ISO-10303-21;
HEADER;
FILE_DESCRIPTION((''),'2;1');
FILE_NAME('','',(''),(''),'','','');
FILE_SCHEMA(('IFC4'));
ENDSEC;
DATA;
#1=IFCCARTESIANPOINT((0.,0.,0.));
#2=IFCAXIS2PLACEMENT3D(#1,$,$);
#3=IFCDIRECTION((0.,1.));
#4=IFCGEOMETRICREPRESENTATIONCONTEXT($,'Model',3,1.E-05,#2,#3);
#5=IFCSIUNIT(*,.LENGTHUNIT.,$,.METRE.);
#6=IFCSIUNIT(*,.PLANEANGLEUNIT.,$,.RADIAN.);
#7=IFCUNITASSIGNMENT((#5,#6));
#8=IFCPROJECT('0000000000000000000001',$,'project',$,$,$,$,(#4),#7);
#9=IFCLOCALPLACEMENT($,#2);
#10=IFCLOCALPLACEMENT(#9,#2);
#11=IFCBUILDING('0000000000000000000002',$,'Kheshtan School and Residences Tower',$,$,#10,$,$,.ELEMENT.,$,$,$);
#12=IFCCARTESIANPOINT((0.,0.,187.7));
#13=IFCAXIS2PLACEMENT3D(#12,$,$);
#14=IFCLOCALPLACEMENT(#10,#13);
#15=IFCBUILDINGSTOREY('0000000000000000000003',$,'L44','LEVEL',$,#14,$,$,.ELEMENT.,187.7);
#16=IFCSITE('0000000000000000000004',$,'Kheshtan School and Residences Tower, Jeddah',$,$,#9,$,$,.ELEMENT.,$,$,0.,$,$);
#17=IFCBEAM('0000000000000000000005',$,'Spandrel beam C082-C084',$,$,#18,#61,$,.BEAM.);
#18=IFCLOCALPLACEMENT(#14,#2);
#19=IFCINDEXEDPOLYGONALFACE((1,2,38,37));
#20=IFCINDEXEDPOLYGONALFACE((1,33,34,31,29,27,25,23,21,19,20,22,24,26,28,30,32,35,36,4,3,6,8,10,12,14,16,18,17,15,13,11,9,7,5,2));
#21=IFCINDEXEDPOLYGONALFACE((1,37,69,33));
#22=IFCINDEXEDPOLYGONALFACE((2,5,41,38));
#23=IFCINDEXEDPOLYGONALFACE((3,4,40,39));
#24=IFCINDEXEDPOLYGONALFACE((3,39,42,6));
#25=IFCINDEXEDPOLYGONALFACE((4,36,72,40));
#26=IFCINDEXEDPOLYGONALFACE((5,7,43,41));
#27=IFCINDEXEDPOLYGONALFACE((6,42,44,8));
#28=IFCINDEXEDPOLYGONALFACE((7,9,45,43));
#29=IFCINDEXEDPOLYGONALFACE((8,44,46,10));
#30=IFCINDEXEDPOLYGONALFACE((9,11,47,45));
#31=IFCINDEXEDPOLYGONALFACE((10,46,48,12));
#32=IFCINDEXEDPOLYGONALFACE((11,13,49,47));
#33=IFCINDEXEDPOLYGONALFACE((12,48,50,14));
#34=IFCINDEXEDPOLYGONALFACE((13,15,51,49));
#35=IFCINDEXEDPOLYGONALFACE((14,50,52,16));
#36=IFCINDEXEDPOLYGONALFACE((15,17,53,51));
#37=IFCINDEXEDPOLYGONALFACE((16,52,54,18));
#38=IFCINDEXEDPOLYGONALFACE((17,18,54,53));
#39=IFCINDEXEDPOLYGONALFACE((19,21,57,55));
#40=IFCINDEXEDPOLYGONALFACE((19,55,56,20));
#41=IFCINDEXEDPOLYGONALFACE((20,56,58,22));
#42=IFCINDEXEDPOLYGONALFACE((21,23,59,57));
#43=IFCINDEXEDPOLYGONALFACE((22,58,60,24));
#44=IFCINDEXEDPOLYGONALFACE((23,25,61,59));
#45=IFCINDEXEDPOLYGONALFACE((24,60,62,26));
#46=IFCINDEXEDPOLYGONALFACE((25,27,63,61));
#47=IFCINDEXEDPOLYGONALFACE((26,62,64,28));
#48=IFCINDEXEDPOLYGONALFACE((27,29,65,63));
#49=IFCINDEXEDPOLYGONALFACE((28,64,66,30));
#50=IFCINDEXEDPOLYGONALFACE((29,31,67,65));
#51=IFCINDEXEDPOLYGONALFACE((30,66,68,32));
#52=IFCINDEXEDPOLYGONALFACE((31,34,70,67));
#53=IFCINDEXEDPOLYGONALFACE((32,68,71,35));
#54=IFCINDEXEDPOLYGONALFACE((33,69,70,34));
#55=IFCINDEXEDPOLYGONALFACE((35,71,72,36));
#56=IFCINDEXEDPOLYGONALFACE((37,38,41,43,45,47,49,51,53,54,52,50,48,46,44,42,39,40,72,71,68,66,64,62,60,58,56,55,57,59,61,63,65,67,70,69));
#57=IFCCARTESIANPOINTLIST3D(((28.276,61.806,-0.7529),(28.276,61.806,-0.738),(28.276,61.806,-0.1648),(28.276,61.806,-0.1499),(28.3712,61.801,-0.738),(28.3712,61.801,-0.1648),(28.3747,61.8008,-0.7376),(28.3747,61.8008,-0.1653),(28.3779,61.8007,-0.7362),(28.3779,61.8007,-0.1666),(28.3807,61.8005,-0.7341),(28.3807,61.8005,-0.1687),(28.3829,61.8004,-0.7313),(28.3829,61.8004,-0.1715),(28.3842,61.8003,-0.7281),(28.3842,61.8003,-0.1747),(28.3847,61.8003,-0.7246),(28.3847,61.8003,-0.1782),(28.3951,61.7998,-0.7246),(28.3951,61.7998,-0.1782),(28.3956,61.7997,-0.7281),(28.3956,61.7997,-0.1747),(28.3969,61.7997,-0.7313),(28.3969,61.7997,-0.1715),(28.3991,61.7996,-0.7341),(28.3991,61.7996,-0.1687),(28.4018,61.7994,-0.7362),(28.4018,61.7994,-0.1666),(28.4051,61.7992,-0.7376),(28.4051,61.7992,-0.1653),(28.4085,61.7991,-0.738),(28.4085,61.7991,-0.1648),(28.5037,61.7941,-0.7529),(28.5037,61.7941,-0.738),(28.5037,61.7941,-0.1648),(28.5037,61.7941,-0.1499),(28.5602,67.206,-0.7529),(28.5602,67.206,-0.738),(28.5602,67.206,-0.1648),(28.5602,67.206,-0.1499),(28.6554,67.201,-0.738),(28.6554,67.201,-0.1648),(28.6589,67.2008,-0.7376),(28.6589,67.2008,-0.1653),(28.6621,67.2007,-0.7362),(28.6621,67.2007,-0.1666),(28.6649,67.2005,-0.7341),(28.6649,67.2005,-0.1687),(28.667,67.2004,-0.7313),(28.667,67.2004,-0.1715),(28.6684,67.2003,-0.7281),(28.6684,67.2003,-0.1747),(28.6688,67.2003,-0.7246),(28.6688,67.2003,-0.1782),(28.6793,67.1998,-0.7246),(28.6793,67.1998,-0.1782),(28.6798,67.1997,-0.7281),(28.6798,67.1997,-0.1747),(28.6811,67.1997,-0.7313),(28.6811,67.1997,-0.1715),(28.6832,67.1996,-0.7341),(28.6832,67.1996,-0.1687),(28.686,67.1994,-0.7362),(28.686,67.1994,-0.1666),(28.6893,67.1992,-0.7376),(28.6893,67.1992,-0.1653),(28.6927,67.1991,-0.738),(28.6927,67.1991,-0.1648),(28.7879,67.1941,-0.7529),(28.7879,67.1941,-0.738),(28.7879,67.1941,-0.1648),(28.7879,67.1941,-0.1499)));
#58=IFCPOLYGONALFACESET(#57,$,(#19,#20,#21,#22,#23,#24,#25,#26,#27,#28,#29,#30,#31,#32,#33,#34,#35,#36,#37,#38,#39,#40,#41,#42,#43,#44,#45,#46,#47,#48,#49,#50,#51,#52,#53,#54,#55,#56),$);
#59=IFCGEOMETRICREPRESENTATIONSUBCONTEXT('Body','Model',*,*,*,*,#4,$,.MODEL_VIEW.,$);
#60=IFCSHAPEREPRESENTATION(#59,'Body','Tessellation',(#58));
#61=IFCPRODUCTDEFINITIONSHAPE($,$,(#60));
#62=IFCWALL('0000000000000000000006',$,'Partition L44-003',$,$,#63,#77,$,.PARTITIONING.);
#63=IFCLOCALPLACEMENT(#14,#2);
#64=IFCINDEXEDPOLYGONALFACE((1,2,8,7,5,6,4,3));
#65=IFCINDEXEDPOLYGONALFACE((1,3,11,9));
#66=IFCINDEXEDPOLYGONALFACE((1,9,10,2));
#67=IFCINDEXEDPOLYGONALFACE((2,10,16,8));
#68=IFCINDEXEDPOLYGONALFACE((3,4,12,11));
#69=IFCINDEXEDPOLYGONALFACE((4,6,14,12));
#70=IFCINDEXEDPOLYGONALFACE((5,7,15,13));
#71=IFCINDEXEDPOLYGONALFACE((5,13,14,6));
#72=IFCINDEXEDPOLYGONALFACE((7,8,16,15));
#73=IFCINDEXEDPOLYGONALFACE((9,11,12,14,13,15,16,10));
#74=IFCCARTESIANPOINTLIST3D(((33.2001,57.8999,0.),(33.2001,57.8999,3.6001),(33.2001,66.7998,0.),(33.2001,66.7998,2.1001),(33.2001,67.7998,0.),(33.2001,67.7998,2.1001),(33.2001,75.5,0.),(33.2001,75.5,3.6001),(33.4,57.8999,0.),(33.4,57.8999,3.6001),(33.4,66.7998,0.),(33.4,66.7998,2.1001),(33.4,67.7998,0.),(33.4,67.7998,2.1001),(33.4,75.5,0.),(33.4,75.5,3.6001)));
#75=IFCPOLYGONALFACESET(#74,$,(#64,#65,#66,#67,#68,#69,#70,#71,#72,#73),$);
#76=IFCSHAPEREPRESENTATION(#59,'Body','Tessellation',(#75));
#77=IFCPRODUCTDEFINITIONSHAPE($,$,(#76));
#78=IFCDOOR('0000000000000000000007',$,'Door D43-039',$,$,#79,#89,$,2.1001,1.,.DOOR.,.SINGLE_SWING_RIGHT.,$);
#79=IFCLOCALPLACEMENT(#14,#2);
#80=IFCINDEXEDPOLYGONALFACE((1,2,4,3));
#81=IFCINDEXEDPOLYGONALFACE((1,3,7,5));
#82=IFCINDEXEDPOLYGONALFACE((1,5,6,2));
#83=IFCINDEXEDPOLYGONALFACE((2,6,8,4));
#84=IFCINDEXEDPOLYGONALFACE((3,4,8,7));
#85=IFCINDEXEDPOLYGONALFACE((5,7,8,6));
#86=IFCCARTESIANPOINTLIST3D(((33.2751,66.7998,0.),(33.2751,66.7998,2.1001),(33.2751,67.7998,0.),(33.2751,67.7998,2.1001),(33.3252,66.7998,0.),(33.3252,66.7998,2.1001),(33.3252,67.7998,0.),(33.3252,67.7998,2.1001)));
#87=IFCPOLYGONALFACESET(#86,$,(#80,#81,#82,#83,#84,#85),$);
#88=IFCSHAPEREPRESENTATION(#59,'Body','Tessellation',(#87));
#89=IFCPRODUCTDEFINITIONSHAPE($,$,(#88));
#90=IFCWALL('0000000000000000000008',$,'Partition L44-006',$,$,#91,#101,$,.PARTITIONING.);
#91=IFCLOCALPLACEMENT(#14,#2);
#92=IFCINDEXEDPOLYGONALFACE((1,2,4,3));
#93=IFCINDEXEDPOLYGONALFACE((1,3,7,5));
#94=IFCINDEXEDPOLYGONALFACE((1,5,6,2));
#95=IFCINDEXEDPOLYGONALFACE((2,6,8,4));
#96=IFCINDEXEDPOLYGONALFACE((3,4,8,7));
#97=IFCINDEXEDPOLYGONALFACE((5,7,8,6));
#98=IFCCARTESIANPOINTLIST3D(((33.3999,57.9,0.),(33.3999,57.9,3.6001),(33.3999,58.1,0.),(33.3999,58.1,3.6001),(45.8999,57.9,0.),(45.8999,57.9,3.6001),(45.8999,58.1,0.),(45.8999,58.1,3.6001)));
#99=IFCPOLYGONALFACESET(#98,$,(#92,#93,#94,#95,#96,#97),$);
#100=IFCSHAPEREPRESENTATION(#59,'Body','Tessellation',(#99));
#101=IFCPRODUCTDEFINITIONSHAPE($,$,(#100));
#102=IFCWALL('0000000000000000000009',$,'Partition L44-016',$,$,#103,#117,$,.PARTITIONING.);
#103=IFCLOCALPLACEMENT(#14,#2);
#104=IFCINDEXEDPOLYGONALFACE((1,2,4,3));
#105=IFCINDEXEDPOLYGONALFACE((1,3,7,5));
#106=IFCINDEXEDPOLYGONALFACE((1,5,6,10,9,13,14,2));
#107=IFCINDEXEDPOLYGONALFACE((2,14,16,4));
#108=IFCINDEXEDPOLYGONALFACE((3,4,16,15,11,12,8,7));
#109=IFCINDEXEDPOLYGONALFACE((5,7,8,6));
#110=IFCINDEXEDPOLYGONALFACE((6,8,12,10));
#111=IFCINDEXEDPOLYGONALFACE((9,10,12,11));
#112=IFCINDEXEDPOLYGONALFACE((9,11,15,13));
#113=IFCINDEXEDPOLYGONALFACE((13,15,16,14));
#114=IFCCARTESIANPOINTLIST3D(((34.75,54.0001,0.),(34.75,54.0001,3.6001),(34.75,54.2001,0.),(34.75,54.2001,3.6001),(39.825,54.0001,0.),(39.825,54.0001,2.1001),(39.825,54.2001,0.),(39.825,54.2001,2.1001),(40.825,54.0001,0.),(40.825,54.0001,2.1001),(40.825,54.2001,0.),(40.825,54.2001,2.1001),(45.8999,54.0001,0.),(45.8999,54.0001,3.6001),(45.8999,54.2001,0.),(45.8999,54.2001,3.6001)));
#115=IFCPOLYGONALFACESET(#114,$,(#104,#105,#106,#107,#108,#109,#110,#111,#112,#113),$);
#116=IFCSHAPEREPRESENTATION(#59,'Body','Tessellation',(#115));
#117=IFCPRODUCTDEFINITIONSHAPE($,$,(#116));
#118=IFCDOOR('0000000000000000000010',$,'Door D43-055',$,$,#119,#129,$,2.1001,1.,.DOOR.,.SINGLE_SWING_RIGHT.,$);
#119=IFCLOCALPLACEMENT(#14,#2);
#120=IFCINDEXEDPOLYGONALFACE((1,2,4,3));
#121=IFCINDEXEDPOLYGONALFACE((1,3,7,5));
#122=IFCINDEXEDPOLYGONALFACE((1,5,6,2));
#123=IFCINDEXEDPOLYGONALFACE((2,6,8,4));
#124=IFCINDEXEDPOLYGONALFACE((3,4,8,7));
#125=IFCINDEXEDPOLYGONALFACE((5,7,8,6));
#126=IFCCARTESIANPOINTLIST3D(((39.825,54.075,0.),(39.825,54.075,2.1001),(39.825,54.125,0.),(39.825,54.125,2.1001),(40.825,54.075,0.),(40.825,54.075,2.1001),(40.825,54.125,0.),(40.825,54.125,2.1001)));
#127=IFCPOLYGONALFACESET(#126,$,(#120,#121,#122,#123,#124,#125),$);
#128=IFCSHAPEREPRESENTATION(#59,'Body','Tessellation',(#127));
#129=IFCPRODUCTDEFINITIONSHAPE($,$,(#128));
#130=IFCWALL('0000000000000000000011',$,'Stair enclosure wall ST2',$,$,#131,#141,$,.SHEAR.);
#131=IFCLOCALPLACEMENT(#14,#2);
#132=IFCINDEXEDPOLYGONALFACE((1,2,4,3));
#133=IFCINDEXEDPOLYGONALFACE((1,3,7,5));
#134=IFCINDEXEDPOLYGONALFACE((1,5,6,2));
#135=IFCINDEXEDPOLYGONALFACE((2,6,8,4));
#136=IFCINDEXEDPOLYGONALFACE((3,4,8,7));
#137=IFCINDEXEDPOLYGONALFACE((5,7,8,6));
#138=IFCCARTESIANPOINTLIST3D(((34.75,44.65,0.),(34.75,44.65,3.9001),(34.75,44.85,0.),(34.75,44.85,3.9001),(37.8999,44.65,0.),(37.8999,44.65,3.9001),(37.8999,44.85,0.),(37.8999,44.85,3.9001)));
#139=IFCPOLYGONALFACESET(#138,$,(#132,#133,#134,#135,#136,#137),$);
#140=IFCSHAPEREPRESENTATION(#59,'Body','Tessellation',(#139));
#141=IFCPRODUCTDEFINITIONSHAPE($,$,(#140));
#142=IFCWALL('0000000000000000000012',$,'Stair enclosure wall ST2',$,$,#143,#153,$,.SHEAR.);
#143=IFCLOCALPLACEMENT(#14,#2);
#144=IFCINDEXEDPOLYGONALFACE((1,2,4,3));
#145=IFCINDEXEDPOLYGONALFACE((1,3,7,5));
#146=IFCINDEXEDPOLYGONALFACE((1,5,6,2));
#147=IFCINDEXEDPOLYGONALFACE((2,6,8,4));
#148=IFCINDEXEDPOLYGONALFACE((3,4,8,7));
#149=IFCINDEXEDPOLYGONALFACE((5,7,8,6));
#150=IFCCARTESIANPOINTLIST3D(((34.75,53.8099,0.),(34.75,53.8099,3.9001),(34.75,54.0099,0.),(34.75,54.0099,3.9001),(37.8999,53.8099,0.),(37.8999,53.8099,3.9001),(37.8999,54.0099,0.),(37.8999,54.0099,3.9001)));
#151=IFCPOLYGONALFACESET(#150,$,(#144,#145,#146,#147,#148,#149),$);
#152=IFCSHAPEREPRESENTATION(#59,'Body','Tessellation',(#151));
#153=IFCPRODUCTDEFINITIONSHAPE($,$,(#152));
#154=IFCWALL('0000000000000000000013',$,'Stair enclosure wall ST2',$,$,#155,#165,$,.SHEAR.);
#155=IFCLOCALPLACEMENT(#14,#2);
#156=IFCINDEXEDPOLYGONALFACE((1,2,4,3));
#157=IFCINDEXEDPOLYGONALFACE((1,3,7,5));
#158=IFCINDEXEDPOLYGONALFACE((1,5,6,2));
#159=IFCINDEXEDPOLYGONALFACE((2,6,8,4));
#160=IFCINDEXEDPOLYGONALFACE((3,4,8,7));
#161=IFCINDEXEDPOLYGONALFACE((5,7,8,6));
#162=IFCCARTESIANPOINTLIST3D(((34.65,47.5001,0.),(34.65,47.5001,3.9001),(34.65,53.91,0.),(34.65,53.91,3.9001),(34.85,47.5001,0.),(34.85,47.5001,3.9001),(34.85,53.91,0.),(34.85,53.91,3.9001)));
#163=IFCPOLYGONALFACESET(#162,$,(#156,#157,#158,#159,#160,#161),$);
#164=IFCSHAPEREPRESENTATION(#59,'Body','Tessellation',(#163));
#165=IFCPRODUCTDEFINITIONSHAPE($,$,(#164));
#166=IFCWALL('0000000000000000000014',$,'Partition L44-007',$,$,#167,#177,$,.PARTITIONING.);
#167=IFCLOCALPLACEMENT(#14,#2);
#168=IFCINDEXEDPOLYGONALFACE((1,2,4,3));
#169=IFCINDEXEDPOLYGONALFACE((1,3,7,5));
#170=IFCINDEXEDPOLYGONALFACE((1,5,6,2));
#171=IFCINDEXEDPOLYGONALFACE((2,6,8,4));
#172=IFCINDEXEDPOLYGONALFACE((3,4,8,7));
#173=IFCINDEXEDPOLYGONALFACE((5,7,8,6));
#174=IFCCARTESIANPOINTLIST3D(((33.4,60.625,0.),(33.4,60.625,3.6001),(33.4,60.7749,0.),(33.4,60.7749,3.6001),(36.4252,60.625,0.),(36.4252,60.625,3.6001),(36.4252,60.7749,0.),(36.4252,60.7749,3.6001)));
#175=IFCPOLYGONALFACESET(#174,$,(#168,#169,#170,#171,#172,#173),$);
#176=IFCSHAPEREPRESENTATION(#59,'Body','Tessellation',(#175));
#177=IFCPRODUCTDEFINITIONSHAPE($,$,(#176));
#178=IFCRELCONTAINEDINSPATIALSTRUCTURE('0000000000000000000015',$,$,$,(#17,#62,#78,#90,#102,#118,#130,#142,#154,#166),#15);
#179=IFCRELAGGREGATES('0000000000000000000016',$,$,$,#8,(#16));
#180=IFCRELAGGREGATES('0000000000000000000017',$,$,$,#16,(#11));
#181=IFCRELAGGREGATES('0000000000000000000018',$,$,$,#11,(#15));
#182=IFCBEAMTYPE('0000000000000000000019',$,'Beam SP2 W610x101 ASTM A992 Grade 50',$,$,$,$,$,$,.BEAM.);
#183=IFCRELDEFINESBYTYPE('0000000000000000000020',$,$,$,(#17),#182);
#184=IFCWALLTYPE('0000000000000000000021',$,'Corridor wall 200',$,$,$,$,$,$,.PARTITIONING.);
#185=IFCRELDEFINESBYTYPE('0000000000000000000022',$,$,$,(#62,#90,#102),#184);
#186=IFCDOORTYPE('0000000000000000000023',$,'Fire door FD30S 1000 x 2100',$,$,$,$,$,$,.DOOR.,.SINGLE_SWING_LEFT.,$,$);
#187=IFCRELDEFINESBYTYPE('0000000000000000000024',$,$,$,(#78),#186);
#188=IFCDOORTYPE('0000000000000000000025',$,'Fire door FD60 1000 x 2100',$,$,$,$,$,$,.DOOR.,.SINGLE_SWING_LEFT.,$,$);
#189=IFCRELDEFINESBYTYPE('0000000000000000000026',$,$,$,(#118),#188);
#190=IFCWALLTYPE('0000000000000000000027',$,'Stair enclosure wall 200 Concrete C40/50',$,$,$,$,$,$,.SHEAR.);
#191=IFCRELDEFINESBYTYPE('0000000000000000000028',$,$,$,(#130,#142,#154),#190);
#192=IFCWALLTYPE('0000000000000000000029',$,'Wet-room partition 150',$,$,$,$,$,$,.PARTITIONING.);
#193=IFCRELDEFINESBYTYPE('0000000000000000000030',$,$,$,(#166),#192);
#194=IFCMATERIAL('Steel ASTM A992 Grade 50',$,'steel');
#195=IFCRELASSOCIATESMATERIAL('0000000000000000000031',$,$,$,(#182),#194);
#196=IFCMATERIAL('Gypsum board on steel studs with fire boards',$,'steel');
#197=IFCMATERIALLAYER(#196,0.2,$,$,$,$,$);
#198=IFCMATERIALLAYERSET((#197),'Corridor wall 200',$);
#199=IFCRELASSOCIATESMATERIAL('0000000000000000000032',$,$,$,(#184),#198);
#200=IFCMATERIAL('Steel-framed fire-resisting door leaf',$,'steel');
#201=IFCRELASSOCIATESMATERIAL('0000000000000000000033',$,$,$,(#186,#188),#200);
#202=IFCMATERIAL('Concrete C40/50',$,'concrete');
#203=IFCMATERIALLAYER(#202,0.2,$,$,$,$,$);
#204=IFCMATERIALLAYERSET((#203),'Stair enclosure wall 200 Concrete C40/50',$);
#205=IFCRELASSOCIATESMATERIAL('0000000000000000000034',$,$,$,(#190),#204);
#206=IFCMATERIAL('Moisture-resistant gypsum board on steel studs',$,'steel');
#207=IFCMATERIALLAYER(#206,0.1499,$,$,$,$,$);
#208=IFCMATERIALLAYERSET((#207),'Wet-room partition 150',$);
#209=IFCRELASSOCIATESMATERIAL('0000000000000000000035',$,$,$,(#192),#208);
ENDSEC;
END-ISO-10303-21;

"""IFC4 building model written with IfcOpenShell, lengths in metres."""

from ifc_helpers import new_model, si_unit, direction, frame, frame_2d, origin, origin_2d, place, context, subcontext, project, spatial, rectangle, i_section, extrude, source, transform, mapped, material, layer, layer_set, material_profile, profile_set, type_object, element, fill, save


model = new_model("IFC4")

# Units and contexts
model_context = context("Model", 3, precision=1e-05, world=origin(), true_north=direction((0.0, 1.0)))
body_context = subcontext(model_context, "Body", "Model", "MODEL_VIEW")
ifc_project = project(units=[si_unit("LENGTHUNIT", "METRE"), si_unit("PLANEANGLEUNIT", "RADIAN")], contexts=[model_context])

# Site, building, storey
site_placement = place(None, origin())
site = spatial("IfcSite", under=ifc_project, at=site_placement, Name="Kheshtan School and Residences Tower, Jeddah", CompositionType="ELEMENT", RefElevation=0.0)
building_placement = place(site_placement, origin())
building = spatial("IfcBuilding", under=site, at=building_placement, Name="Kheshtan School and Residences Tower", CompositionType="ELEMENT")
storey_placement = place(building_placement, frame((0.0, 0.0, 187.7)))
storey = spatial("IfcBuildingStorey", under=building, at=storey_placement, Name="L44", Description="LEVEL", CompositionType="ELEMENT", Elevation=187.7)

# Shared definitions
ifc_material_1 = material(Name="Steel ASTM A992 Grade 50", Category="steel")

# Beam
ifc_material_profile_1 = material_profile(ifc_material_1, i_section(OverallWidth=0.228, OverallDepth=0.603, WebThickness=0.0105, FlangeThickness=0.0149, FilletRadius=0.0134, at=origin_2d()), Name="W610x101")
ifc_profile_set_1 = profile_set([ifc_material_profile_1], Name="Steel ASTM A992 Grade 50")
beam_type_1 = type_object("IfcBeamType", Name="Beam SP2 W610x101 ASTM A992 Grade 50", PredefinedType="BEAM", material=ifc_profile_set_1)
beam_1_placement = place(storey_placement, frame((28.3899, 61.8, -0.4514), z_axis=(0.052554, 0.998618, 0.0), x_axis=(-0.998618, 0.052554, 0.0)))
element("IfcBeam", 1, at=beam_1_placement, inside=storey, type_object=beam_type_1, Name="Spandrel beam C082-C084", PredefinedType="BEAM", context=body_context, shape_type="SweptSolid", body=[
    extrude(i_section(OverallWidth=0.228, OverallDepth=0.603, WebThickness=0.0105, FlangeThickness=0.0149, FilletRadius=0.0134, at=origin_2d()), origin(), (0.0, 0.0, 1.0), 5.4075),
])

# Wall, opening, door
ifc_material_2 = material(Name="Gypsum board on steel studs with fire boards", Category="steel")
ifc_layer_1 = layer(ifc_material_2, 0.2)
ifc_layer_set_1 = layer_set([ifc_layer_1], Name="Corridor wall 200")
wall_type_1 = type_object("IfcWallType", Name="Corridor wall 200", PredefinedType="PARTITIONING", material=ifc_layer_set_1)
wall_1_placement = place(storey_placement, frame((33.3, 57.8999, 0.0), z_axis=(0.0, 0.0, 1.0), x_axis=(0.0, 1.0, 0.0)))
wall_1 = element("IfcWall", 2, at=wall_1_placement, inside=storey, type_object=wall_type_1, Name="Partition L44-003", PredefinedType="PARTITIONING", context=body_context, shape_type="SweptSolid", body=[
    extrude(rectangle(XDim=17.6001, YDim=0.2, at=frame_2d((8.8, 0.0))), origin(), (0.0, 0.0, 1.0), 3.6001),
])
opening_1_placement = place(wall_1_placement, frame((8.8999, 0.0, 0.0)))
opening_1 = element("IfcOpeningElement", 3, at=opening_1_placement, cuts=wall_1, PredefinedType="OPENING", context=body_context, shape_type="SweptSolid", body=[
    extrude(rectangle(XDim=1.0, YDim=2.1001, at=frame_2d((0.5, 1.05))), frame((0.0, 0.1099, 0.0), z_axis=(0.0, -1.0, 0.0), x_axis=(1.0, 0.0, 0.0)), (0.0, 0.0, 1.0), 0.22),
])
ifc_material_3 = material(Name="Steel-framed fire-resisting door leaf", Category="steel")
door_type_1 = type_object("IfcDoorType", Name="Fire door FD30S 1000 x 2100", OperationType="SINGLE_SWING_LEFT", PredefinedType="DOOR", material=ifc_material_3)
shared_shape_1 = source(origin(), body_context, "Body", "SweptSolid", [
    extrude(rectangle(XDim=1.0, YDim=2.1001, at=frame_2d((0.5, 1.05))), frame((0.0, 0.0249, 0.0), z_axis=(0.0, -1.0, 0.0), x_axis=(1.0, 0.0, 0.0)), (0.0, 0.0, 1.0), 0.05),
])
door_1_placement = place(opening_1_placement, origin())
door_1 = element("IfcDoor", 4, at=door_1_placement, inside=storey, type_object=door_type_1, Name="Door D43-039", OperationType="SINGLE_SWING_RIGHT", OverallHeight=2.1001, OverallWidth=1.0, PredefinedType="DOOR", context=body_context, shape_type="MappedRepresentation", body=[
    mapped(shared_shape_1, transform((0.0, 0.0, 0.0), x_axis=(1.0, 0.0, 0.0), y_axis=(0.0, 1.0, 0.0), z_axis=(0.0, 0.0, 1.0), scale=1.0)),
])
fill(opening_1, door_1)

# Wall
wall_2_placement = place(storey_placement, frame((33.3999, 58.0, 0.0), z_axis=(0.0, 0.0, 1.0), x_axis=(1.0, 0.0, 0.0)))
element("IfcWall", 5, at=wall_2_placement, inside=storey, type_object=wall_type_1, Name="Partition L44-006", PredefinedType="PARTITIONING", context=body_context, shape_type="SweptSolid", body=[
    extrude(rectangle(XDim=12.5, YDim=0.2, at=frame_2d((6.25, 0.0))), origin(), (0.0, 0.0, 1.0), 3.6001),
])

# Wall, opening, door
wall_3_placement = place(storey_placement, frame((34.75, 54.1001, 0.0), z_axis=(0.0, 0.0, 1.0), x_axis=(1.0, 0.0, 0.0)))
wall_3 = element("IfcWall", 6, at=wall_3_placement, inside=storey, type_object=wall_type_1, Name="Partition L44-016", PredefinedType="PARTITIONING", context=body_context, shape_type="SweptSolid", body=[
    extrude(rectangle(XDim=11.1499, YDim=0.2, at=frame_2d((5.575, 0.0))), origin(), (0.0, 0.0, 1.0), 3.6001),
])
opening_2_placement = place(wall_3_placement, frame((5.075, 0.0, 0.0)))
opening_2 = element("IfcOpeningElement", 7, at=opening_2_placement, cuts=wall_3, PredefinedType="OPENING", context=body_context, shape_type="SweptSolid", body=[
    extrude(rectangle(XDim=1.0, YDim=2.1001, at=frame_2d((0.5, 1.05))), frame((0.0, 0.1099, 0.0), z_axis=(0.0, -1.0, 0.0), x_axis=(1.0, 0.0, 0.0)), (0.0, 0.0, 1.0), 0.22),
])
door_type_2 = type_object("IfcDoorType", Name="Fire door FD60 1000 x 2100", OperationType="SINGLE_SWING_LEFT", PredefinedType="DOOR", material=ifc_material_3)
shared_shape_2 = source(origin(), body_context, "Body", "SweptSolid", [
    extrude(rectangle(XDim=1.0, YDim=2.1001, at=frame_2d((0.5, 1.05))), frame((0.0, 0.0249, 0.0), z_axis=(0.0, -1.0, 0.0), x_axis=(1.0, 0.0, 0.0)), (0.0, 0.0, 1.0), 0.05),
])
door_2_placement = place(opening_2_placement, origin())
door_2 = element("IfcDoor", 8, at=door_2_placement, inside=storey, type_object=door_type_2, Name="Door D43-055", OperationType="SINGLE_SWING_RIGHT", OverallHeight=2.1001, OverallWidth=1.0, PredefinedType="DOOR", context=body_context, shape_type="MappedRepresentation", body=[
    mapped(shared_shape_2, transform((0.0, 0.0, 0.0), x_axis=(1.0, 0.0, 0.0), y_axis=(0.0, 1.0, 0.0), z_axis=(0.0, 0.0, 1.0), scale=1.0)),
])
fill(opening_2, door_2)

# Walls
ifc_material_4 = material(Name="Concrete C40/50", Category="concrete")
ifc_layer_2 = layer(ifc_material_4, 0.2)
ifc_layer_set_2 = layer_set([ifc_layer_2], Name="Stair enclosure wall 200 Concrete C40/50")
wall_type_2 = type_object("IfcWallType", Name="Stair enclosure wall 200 Concrete C40/50", PredefinedType="SHEAR", material=ifc_layer_set_2)
for number, where, z_axis, x_axis, name in (
    (9, (34.75, 44.75, 0.0), (0.0, 0.0, 1.0), (1.0, 0.0, 0.0), "Stair enclosure wall ST2"),
    (10, (34.75, 53.9099, 0.0), (0.0, 0.0, 1.0), (1.0, 0.0, 0.0), "Stair enclosure wall ST2"),
):
    element("IfcWall", number, at=place(storey_placement, frame(where, z_axis=z_axis, x_axis=x_axis)), inside=storey, type_object=wall_type_2, Name=name, PredefinedType="SHEAR", context=body_context, shape_type="SweptSolid", body=[
        extrude(rectangle(XDim=3.1499, YDim=0.2, at=frame_2d((1.575, 0.0))), origin(), (0.0, 0.0, 1.0), 3.9001),
    ])
wall_4_placement = place(storey_placement, frame((34.75, 47.5, 0.0), z_axis=(0.0, 0.0, 1.0), x_axis=(0.0, 1.0, 0.0)))
element("IfcWall", 11, at=wall_4_placement, inside=storey, type_object=wall_type_2, Name="Stair enclosure wall ST2", PredefinedType="SHEAR", context=body_context, shape_type="SweptSolid", body=[
    extrude(rectangle(XDim=6.4099, YDim=0.2, at=frame_2d((3.2051, 0.0))), origin(), (0.0, 0.0, 1.0), 3.9001),
])
ifc_material_5 = material(Name="Moisture-resistant gypsum board on steel studs", Category="steel")
ifc_layer_3 = layer(ifc_material_5, 0.1499)
ifc_layer_set_3 = layer_set([ifc_layer_3], Name="Wet-room partition 150")
wall_type_3 = type_object("IfcWallType", Name="Wet-room partition 150", PredefinedType="PARTITIONING", material=ifc_layer_set_3)
wall_5_placement = place(storey_placement, frame((33.3999, 60.7, 0.0), z_axis=(0.0, 0.0, 1.0), x_axis=(1.0, 0.0, 0.0)))
element("IfcWall", 12, at=wall_5_placement, inside=storey, type_object=wall_type_3, Name="Partition L44-007", PredefinedType="PARTITIONING", context=body_context, shape_type="SweptSolid", body=[
    extrude(rectangle(XDim=3.0251, YDim=0.1499, at=frame_2d((1.5127, 0.0))), origin(), (0.0, 0.0, 1.0), 3.6001),
])

save(model, "model.ifc")
